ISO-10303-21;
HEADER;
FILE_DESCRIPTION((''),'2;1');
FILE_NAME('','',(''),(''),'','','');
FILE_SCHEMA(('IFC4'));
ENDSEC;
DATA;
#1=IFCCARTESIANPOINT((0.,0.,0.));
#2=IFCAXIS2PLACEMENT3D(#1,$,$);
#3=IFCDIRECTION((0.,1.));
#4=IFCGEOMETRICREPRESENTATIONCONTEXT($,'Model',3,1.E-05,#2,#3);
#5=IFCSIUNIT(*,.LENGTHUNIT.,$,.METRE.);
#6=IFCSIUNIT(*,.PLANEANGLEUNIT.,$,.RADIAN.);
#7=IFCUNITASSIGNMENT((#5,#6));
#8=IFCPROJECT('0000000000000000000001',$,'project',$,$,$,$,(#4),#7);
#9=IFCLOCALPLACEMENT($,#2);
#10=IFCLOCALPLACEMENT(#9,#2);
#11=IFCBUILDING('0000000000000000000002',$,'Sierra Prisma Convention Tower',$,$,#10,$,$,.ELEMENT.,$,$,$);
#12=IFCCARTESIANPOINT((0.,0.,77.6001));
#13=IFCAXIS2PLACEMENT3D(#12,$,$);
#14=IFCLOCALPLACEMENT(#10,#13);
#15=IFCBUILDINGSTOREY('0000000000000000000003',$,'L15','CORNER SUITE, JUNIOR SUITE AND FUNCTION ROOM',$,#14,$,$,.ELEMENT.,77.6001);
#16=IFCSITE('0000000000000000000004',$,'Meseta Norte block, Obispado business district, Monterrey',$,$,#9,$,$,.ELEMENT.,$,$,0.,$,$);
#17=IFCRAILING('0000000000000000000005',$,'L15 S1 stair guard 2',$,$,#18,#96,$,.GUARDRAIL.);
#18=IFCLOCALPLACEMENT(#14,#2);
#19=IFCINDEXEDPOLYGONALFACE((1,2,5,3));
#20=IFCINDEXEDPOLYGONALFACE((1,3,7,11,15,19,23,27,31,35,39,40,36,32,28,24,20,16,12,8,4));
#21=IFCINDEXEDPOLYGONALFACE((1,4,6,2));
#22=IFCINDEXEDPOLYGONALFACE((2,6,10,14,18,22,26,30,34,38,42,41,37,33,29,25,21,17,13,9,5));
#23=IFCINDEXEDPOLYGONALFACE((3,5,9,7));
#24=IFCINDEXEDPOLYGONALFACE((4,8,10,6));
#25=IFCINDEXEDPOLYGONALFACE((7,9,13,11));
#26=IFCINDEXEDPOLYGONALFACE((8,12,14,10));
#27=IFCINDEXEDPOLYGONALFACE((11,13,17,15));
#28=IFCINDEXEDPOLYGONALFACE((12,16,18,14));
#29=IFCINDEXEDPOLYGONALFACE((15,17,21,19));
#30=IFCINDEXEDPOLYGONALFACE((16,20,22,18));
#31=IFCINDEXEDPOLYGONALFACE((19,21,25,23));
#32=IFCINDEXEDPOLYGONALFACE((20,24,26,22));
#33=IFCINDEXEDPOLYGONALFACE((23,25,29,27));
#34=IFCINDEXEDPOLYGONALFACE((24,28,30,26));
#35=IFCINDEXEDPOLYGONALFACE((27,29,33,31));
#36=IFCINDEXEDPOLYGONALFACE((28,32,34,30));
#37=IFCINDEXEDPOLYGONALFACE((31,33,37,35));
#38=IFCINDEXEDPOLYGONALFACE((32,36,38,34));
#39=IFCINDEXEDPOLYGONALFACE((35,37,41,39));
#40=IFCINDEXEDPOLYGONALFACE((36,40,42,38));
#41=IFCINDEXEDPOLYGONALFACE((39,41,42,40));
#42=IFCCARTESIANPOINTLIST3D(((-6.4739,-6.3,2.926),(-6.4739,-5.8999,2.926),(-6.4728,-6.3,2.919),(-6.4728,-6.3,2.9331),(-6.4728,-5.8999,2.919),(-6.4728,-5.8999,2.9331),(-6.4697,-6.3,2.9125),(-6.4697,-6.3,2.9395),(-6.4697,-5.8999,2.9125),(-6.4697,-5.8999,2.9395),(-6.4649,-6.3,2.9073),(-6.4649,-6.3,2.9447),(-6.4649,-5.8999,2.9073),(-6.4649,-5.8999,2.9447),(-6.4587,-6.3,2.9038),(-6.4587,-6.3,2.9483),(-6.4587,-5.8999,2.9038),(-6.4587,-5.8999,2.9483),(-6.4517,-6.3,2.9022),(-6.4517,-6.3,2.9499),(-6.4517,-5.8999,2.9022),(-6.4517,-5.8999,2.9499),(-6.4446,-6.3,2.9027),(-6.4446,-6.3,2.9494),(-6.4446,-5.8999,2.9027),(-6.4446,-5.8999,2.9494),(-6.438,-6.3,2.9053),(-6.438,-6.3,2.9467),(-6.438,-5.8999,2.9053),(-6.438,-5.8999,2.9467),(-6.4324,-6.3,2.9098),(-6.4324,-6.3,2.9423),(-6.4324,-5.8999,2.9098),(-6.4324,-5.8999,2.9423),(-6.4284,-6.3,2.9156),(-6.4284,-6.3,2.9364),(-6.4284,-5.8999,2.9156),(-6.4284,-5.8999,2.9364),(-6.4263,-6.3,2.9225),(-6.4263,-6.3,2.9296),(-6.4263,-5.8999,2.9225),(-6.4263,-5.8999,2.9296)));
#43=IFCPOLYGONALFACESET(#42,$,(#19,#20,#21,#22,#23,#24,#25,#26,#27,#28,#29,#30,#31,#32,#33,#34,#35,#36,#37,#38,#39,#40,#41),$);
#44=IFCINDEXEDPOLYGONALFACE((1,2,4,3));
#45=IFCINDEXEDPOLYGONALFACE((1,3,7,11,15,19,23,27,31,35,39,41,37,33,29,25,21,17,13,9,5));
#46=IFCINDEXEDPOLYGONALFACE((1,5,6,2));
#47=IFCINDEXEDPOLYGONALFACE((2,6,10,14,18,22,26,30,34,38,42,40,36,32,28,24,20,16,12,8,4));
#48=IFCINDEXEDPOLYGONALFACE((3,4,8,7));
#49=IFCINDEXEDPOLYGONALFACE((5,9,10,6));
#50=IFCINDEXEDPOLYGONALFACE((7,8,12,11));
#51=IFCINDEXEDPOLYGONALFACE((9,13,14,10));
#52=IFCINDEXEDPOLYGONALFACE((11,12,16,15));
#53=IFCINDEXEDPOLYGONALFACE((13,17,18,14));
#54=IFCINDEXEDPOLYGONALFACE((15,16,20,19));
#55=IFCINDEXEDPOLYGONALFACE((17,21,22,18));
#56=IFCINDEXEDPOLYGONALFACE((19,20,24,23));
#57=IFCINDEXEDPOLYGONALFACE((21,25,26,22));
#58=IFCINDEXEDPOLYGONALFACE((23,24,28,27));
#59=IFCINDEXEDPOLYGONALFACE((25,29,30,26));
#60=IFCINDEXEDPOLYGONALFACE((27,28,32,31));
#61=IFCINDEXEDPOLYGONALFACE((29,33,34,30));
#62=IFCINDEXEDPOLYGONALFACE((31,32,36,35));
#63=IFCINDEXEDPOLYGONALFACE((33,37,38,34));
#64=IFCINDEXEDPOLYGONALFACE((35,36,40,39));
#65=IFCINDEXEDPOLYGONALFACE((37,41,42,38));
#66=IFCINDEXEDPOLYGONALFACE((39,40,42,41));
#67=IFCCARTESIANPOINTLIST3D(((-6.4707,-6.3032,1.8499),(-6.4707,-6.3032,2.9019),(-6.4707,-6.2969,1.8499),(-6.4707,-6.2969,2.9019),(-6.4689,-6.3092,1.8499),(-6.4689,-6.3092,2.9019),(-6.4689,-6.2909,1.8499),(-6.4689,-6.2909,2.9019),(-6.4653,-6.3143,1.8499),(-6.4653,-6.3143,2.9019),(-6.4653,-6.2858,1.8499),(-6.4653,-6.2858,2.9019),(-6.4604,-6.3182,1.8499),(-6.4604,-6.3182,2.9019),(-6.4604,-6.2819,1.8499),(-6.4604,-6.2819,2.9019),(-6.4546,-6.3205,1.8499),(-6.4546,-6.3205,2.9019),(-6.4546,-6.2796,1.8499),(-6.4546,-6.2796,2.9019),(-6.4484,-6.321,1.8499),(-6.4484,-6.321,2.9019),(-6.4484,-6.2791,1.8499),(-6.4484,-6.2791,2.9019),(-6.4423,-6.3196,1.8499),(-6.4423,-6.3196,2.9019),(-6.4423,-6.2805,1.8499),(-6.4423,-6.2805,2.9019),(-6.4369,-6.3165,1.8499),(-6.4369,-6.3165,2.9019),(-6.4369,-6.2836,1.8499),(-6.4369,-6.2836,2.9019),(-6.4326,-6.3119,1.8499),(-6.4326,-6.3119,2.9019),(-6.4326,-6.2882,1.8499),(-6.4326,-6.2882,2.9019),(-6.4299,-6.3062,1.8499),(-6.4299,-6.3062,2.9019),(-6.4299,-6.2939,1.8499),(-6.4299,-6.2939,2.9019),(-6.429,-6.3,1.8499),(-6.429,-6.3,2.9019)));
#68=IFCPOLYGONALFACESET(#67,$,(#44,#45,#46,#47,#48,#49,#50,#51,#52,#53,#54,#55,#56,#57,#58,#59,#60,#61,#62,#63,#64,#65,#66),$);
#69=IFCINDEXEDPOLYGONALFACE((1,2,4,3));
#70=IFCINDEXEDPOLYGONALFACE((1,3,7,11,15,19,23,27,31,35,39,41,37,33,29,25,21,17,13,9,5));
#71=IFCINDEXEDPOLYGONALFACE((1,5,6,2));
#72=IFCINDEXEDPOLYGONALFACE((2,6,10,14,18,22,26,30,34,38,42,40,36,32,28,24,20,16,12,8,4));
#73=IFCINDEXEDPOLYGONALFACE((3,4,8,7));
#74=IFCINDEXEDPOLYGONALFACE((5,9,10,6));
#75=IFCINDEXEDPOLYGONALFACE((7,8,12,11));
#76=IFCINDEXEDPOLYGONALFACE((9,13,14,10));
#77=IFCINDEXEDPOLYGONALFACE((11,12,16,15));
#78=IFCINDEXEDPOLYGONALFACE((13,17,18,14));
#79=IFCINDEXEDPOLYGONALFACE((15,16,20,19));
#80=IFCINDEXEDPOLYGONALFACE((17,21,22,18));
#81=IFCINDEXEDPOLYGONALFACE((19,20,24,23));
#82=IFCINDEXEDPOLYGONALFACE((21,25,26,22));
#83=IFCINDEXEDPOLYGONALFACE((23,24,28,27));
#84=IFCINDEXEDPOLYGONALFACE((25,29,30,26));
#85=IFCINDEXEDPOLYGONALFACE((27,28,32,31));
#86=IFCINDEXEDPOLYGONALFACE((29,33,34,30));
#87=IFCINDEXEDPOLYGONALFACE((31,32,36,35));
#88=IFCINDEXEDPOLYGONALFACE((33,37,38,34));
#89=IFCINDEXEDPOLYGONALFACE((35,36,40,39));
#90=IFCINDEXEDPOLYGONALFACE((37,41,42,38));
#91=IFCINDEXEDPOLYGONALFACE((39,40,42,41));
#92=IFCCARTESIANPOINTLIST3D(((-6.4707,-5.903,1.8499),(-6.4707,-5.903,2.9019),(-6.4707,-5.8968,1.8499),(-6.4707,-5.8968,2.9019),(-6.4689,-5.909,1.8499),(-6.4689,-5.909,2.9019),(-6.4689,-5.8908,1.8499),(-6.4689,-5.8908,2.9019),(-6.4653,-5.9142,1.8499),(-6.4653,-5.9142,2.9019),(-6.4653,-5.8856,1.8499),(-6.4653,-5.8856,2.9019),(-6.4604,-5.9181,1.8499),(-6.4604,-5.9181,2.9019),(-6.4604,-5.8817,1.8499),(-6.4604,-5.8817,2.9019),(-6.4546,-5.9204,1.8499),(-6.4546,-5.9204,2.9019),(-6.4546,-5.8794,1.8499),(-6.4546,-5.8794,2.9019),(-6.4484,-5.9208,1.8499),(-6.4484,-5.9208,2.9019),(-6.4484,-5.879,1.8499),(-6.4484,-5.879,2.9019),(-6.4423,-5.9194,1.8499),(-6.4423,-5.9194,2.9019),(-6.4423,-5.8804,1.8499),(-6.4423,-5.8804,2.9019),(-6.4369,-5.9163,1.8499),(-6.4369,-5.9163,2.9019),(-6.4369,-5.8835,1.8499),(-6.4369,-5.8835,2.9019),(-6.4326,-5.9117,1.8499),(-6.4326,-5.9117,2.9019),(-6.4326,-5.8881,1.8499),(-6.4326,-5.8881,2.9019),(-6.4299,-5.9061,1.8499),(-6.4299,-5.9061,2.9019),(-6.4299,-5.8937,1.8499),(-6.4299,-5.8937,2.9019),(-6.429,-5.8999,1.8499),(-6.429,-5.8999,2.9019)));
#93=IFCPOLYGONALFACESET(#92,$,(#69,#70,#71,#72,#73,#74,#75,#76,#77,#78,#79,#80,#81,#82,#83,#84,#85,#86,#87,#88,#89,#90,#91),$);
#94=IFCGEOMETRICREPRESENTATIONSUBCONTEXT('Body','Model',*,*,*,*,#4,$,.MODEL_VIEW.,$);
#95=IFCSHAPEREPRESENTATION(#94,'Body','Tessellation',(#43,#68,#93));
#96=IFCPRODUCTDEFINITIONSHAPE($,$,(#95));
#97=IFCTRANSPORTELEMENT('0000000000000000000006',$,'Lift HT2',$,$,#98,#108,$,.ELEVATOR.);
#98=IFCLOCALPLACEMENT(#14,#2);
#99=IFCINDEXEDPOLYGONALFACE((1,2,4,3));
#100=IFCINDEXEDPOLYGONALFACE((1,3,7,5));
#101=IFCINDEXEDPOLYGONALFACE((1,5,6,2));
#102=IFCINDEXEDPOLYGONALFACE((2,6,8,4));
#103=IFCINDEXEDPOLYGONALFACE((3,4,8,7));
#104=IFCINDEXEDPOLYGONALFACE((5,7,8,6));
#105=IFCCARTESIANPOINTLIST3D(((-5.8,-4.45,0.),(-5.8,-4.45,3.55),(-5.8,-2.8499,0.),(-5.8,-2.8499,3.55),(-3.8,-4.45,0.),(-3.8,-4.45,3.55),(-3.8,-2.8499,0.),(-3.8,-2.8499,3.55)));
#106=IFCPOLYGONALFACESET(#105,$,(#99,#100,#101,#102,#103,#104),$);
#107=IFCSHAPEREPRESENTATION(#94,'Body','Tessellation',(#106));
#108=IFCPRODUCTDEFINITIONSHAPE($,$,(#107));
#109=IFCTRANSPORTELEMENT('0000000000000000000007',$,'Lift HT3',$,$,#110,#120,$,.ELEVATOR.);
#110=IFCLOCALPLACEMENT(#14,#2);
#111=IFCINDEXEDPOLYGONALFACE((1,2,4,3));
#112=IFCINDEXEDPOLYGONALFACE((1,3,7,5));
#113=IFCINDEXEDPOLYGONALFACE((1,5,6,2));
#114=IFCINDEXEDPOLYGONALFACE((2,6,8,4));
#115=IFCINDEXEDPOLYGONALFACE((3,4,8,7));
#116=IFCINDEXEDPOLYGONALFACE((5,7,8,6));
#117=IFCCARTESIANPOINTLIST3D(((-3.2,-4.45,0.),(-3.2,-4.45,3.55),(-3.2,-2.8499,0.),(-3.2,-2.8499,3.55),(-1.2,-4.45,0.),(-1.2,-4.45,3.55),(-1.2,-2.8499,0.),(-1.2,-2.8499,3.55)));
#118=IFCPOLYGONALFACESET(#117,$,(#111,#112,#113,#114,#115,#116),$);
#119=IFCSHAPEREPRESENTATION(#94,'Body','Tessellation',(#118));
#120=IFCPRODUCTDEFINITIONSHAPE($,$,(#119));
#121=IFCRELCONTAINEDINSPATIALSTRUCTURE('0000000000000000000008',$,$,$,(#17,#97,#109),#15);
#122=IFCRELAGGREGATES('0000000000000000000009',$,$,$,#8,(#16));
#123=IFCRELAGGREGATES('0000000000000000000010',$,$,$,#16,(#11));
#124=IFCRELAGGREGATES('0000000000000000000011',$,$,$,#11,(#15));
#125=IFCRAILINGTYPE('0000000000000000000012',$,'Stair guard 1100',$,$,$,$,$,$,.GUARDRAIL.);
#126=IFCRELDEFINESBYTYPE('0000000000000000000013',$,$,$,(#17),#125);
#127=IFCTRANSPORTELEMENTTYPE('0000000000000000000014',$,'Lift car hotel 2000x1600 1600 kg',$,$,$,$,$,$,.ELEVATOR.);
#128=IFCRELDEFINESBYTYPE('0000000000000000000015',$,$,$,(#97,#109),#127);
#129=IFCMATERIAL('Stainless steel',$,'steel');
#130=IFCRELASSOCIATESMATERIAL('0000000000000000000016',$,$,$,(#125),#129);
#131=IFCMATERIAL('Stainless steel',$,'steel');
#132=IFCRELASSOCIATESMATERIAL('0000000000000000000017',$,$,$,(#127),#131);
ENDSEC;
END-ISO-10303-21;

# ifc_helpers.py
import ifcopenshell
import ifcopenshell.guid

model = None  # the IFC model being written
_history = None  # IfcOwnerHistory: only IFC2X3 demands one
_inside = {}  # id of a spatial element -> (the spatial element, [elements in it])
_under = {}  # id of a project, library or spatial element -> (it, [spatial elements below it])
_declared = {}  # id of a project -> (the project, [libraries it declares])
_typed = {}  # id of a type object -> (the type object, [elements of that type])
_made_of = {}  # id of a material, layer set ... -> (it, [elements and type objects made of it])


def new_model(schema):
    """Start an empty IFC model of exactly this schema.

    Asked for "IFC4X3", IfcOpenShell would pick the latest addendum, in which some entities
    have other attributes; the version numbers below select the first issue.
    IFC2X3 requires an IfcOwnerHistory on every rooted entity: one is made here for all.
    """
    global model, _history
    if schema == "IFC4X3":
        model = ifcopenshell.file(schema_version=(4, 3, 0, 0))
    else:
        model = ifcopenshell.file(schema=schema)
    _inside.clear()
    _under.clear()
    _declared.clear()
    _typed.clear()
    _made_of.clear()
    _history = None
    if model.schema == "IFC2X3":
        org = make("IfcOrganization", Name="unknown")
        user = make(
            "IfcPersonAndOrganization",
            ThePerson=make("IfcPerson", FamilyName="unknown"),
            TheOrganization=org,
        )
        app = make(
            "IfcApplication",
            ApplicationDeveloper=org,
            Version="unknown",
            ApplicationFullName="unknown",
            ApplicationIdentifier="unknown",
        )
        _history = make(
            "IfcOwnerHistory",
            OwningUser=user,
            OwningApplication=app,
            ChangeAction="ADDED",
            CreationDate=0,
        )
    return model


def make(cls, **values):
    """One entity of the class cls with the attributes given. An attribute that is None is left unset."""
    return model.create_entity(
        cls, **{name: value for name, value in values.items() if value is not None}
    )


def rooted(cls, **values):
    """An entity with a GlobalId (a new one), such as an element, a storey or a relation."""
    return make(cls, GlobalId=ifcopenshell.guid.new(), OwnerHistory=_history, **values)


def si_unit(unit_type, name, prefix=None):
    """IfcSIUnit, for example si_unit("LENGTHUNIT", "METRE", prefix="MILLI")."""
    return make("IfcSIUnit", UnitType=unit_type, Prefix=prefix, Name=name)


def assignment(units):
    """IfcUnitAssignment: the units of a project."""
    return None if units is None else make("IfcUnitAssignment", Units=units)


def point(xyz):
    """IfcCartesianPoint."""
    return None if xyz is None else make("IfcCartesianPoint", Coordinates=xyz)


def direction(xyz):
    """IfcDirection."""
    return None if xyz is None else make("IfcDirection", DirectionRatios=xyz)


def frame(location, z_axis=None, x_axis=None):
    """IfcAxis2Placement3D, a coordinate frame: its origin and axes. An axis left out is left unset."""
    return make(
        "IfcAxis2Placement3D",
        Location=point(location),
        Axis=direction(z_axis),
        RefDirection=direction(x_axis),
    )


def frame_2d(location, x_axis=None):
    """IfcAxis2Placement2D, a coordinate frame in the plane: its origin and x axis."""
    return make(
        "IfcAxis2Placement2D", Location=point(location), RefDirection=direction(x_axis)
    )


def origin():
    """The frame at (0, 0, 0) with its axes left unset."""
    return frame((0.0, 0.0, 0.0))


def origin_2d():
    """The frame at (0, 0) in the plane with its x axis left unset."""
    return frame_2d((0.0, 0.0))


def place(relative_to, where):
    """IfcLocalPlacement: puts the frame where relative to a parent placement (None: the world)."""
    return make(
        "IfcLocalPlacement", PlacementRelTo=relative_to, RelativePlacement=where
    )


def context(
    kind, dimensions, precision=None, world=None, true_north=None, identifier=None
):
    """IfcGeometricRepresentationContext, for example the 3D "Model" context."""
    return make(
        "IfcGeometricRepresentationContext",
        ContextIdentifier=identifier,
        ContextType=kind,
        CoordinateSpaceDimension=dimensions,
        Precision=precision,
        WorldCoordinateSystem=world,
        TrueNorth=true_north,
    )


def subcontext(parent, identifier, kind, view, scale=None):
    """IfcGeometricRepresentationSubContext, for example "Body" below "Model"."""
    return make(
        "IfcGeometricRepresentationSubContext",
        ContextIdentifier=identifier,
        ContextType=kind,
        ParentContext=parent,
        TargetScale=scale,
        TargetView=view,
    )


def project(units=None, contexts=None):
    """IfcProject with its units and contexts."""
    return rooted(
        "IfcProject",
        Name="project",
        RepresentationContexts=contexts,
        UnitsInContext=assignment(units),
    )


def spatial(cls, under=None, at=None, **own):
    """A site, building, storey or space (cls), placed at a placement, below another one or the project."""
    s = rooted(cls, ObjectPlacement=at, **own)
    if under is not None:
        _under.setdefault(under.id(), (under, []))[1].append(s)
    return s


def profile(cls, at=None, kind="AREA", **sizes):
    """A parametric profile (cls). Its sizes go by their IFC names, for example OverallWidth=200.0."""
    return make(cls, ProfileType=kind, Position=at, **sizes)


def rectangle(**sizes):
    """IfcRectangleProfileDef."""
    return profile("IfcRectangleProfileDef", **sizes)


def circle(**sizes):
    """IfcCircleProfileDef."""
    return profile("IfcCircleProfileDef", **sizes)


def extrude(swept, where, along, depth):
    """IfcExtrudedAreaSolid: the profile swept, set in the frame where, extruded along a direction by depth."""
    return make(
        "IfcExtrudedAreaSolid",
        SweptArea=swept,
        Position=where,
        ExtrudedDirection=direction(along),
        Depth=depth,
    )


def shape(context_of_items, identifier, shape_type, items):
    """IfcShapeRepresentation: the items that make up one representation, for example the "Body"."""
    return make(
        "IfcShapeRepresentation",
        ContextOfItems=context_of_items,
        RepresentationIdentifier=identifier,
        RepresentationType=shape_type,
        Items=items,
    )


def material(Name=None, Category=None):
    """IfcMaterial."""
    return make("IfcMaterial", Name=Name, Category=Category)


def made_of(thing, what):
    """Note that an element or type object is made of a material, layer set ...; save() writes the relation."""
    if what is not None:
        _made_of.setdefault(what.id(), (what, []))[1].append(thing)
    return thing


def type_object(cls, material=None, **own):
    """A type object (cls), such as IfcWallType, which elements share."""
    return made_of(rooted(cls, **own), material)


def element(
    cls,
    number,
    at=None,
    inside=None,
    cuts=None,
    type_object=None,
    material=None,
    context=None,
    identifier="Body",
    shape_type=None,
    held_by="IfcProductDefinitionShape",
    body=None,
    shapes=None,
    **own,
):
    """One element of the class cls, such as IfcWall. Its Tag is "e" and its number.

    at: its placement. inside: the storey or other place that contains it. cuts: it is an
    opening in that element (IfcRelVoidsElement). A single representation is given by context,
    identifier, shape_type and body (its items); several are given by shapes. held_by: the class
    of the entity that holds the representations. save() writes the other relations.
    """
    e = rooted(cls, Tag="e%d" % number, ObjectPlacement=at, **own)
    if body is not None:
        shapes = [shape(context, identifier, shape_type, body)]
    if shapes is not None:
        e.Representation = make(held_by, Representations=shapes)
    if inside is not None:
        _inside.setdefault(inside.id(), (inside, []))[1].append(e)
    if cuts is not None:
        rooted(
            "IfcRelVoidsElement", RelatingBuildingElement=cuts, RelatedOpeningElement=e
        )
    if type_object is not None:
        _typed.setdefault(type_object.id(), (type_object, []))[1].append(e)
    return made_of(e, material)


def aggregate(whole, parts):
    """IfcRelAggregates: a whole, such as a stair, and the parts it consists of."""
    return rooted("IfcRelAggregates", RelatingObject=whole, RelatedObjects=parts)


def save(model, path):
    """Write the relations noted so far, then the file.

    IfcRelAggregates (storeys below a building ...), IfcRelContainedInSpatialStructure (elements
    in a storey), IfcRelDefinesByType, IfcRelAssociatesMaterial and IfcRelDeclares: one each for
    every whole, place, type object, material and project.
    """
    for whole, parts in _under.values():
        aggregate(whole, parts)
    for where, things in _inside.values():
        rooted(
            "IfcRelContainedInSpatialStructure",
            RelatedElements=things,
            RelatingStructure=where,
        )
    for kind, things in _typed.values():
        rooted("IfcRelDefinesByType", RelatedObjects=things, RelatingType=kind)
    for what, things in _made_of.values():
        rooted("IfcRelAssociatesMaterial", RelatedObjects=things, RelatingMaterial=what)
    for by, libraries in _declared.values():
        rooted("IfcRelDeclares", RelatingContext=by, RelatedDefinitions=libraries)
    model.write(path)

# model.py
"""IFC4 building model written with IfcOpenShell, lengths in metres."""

from ifc_helpers import new_model, si_unit, direction, frame, origin, origin_2d, place, context, subcontext, project, spatial, rectangle, circle, extrude, material, type_object, element, save


model = new_model("IFC4")

# Units and contexts
model_context = context("Model", 3, precision=1e-05, world=origin(), true_north=direction((0.0, 1.0)))
body_context = subcontext(model_context, "Body", "Model", "MODEL_VIEW")
ifc_project = project(units=[si_unit("LENGTHUNIT", "METRE"), si_unit("PLANEANGLEUNIT", "RADIAN")], contexts=[model_context])

# Site, building, storey
site_placement = place(None, origin())
site = spatial("IfcSite", under=ifc_project, at=site_placement, Name="Meseta Norte block, Obispado business district, Monterrey", CompositionType="ELEMENT", RefElevation=0.0)
building_placement = place(site_placement, origin())
building = spatial("IfcBuilding", under=site, at=building_placement, Name="Sierra Prisma Convention Tower", CompositionType="ELEMENT")
storey_placement = place(building_placement, frame((0.0, 0.0, 77.6001)))
storey = spatial("IfcBuildingStorey", under=building, at=storey_placement, Name="L15", Description="CORNER SUITE, JUNIOR SUITE AND FUNCTION ROOM", CompositionType="ELEMENT", Elevation=77.6001)

# Railing
ifc_material_1 = material(Name="Stainless steel", Category="steel")
railing_type_1 = type_object("IfcRailingType", Name="Stair guard 1100", PredefinedType="GUARDRAIL", material=ifc_material_1)
railing_1_placement = place(storey_placement, frame((-6.45, -6.3, 1.8499)))
element("IfcRailing", 1, at=railing_1_placement, inside=storey, type_object=railing_type_1, Name="L15 S1 stair guard 2", PredefinedType="GUARDRAIL", context=body_context, shape_type="SweptSolid", body=[
    extrude(circle(Radius=0.0239, at=origin_2d()), frame((0.0, 0.0, 1.0762), z_axis=(0.0, 1.0, 0.0), x_axis=(-1.0, 0.0, 0.0)), (0.0, 0.0, 1.0), 0.4001),
    extrude(circle(Radius=0.021, at=origin_2d()), origin(), (0.0, 0.0, 1.0), 1.052),
    extrude(circle(Radius=0.021, at=origin_2d()), frame((0.0, 0.4001, 0.0)), (0.0, 0.0, 1.0), 1.052),
])

# Transport elements
ifc_material_2 = material(Name="Stainless steel", Category="steel")
transport_element_type = type_object("IfcTransportElementType", Name="Lift car hotel 2000x1600 1600 kg", PredefinedType="ELEVATOR", material=ifc_material_2)
for number, where, z_axis, x_axis, name in (
    (2, (-4.8, -3.6499, 0.0), (0.0, 0.0, 1.0), (1.0, 0.0, 0.0), "Lift HT2"),
    (3, (-2.2, -3.6499, 0.0), (0.0, 0.0, 1.0), (1.0, 0.0, 0.0), "Lift HT3"),
):
    element("IfcTransportElement", number, at=place(storey_placement, frame(where, z_axis=z_axis, x_axis=x_axis)), inside=storey, type_object=transport_element_type, Name=name, PredefinedType="ELEVATOR", context=body_context, shape_type="SweptSolid", body=[
        extrude(rectangle(XDim=2.0, YDim=1.6001, at=origin_2d()), origin(), (0.0, 0.0, 1.0), 3.55),
    ])

save(model, "model.ifc")
